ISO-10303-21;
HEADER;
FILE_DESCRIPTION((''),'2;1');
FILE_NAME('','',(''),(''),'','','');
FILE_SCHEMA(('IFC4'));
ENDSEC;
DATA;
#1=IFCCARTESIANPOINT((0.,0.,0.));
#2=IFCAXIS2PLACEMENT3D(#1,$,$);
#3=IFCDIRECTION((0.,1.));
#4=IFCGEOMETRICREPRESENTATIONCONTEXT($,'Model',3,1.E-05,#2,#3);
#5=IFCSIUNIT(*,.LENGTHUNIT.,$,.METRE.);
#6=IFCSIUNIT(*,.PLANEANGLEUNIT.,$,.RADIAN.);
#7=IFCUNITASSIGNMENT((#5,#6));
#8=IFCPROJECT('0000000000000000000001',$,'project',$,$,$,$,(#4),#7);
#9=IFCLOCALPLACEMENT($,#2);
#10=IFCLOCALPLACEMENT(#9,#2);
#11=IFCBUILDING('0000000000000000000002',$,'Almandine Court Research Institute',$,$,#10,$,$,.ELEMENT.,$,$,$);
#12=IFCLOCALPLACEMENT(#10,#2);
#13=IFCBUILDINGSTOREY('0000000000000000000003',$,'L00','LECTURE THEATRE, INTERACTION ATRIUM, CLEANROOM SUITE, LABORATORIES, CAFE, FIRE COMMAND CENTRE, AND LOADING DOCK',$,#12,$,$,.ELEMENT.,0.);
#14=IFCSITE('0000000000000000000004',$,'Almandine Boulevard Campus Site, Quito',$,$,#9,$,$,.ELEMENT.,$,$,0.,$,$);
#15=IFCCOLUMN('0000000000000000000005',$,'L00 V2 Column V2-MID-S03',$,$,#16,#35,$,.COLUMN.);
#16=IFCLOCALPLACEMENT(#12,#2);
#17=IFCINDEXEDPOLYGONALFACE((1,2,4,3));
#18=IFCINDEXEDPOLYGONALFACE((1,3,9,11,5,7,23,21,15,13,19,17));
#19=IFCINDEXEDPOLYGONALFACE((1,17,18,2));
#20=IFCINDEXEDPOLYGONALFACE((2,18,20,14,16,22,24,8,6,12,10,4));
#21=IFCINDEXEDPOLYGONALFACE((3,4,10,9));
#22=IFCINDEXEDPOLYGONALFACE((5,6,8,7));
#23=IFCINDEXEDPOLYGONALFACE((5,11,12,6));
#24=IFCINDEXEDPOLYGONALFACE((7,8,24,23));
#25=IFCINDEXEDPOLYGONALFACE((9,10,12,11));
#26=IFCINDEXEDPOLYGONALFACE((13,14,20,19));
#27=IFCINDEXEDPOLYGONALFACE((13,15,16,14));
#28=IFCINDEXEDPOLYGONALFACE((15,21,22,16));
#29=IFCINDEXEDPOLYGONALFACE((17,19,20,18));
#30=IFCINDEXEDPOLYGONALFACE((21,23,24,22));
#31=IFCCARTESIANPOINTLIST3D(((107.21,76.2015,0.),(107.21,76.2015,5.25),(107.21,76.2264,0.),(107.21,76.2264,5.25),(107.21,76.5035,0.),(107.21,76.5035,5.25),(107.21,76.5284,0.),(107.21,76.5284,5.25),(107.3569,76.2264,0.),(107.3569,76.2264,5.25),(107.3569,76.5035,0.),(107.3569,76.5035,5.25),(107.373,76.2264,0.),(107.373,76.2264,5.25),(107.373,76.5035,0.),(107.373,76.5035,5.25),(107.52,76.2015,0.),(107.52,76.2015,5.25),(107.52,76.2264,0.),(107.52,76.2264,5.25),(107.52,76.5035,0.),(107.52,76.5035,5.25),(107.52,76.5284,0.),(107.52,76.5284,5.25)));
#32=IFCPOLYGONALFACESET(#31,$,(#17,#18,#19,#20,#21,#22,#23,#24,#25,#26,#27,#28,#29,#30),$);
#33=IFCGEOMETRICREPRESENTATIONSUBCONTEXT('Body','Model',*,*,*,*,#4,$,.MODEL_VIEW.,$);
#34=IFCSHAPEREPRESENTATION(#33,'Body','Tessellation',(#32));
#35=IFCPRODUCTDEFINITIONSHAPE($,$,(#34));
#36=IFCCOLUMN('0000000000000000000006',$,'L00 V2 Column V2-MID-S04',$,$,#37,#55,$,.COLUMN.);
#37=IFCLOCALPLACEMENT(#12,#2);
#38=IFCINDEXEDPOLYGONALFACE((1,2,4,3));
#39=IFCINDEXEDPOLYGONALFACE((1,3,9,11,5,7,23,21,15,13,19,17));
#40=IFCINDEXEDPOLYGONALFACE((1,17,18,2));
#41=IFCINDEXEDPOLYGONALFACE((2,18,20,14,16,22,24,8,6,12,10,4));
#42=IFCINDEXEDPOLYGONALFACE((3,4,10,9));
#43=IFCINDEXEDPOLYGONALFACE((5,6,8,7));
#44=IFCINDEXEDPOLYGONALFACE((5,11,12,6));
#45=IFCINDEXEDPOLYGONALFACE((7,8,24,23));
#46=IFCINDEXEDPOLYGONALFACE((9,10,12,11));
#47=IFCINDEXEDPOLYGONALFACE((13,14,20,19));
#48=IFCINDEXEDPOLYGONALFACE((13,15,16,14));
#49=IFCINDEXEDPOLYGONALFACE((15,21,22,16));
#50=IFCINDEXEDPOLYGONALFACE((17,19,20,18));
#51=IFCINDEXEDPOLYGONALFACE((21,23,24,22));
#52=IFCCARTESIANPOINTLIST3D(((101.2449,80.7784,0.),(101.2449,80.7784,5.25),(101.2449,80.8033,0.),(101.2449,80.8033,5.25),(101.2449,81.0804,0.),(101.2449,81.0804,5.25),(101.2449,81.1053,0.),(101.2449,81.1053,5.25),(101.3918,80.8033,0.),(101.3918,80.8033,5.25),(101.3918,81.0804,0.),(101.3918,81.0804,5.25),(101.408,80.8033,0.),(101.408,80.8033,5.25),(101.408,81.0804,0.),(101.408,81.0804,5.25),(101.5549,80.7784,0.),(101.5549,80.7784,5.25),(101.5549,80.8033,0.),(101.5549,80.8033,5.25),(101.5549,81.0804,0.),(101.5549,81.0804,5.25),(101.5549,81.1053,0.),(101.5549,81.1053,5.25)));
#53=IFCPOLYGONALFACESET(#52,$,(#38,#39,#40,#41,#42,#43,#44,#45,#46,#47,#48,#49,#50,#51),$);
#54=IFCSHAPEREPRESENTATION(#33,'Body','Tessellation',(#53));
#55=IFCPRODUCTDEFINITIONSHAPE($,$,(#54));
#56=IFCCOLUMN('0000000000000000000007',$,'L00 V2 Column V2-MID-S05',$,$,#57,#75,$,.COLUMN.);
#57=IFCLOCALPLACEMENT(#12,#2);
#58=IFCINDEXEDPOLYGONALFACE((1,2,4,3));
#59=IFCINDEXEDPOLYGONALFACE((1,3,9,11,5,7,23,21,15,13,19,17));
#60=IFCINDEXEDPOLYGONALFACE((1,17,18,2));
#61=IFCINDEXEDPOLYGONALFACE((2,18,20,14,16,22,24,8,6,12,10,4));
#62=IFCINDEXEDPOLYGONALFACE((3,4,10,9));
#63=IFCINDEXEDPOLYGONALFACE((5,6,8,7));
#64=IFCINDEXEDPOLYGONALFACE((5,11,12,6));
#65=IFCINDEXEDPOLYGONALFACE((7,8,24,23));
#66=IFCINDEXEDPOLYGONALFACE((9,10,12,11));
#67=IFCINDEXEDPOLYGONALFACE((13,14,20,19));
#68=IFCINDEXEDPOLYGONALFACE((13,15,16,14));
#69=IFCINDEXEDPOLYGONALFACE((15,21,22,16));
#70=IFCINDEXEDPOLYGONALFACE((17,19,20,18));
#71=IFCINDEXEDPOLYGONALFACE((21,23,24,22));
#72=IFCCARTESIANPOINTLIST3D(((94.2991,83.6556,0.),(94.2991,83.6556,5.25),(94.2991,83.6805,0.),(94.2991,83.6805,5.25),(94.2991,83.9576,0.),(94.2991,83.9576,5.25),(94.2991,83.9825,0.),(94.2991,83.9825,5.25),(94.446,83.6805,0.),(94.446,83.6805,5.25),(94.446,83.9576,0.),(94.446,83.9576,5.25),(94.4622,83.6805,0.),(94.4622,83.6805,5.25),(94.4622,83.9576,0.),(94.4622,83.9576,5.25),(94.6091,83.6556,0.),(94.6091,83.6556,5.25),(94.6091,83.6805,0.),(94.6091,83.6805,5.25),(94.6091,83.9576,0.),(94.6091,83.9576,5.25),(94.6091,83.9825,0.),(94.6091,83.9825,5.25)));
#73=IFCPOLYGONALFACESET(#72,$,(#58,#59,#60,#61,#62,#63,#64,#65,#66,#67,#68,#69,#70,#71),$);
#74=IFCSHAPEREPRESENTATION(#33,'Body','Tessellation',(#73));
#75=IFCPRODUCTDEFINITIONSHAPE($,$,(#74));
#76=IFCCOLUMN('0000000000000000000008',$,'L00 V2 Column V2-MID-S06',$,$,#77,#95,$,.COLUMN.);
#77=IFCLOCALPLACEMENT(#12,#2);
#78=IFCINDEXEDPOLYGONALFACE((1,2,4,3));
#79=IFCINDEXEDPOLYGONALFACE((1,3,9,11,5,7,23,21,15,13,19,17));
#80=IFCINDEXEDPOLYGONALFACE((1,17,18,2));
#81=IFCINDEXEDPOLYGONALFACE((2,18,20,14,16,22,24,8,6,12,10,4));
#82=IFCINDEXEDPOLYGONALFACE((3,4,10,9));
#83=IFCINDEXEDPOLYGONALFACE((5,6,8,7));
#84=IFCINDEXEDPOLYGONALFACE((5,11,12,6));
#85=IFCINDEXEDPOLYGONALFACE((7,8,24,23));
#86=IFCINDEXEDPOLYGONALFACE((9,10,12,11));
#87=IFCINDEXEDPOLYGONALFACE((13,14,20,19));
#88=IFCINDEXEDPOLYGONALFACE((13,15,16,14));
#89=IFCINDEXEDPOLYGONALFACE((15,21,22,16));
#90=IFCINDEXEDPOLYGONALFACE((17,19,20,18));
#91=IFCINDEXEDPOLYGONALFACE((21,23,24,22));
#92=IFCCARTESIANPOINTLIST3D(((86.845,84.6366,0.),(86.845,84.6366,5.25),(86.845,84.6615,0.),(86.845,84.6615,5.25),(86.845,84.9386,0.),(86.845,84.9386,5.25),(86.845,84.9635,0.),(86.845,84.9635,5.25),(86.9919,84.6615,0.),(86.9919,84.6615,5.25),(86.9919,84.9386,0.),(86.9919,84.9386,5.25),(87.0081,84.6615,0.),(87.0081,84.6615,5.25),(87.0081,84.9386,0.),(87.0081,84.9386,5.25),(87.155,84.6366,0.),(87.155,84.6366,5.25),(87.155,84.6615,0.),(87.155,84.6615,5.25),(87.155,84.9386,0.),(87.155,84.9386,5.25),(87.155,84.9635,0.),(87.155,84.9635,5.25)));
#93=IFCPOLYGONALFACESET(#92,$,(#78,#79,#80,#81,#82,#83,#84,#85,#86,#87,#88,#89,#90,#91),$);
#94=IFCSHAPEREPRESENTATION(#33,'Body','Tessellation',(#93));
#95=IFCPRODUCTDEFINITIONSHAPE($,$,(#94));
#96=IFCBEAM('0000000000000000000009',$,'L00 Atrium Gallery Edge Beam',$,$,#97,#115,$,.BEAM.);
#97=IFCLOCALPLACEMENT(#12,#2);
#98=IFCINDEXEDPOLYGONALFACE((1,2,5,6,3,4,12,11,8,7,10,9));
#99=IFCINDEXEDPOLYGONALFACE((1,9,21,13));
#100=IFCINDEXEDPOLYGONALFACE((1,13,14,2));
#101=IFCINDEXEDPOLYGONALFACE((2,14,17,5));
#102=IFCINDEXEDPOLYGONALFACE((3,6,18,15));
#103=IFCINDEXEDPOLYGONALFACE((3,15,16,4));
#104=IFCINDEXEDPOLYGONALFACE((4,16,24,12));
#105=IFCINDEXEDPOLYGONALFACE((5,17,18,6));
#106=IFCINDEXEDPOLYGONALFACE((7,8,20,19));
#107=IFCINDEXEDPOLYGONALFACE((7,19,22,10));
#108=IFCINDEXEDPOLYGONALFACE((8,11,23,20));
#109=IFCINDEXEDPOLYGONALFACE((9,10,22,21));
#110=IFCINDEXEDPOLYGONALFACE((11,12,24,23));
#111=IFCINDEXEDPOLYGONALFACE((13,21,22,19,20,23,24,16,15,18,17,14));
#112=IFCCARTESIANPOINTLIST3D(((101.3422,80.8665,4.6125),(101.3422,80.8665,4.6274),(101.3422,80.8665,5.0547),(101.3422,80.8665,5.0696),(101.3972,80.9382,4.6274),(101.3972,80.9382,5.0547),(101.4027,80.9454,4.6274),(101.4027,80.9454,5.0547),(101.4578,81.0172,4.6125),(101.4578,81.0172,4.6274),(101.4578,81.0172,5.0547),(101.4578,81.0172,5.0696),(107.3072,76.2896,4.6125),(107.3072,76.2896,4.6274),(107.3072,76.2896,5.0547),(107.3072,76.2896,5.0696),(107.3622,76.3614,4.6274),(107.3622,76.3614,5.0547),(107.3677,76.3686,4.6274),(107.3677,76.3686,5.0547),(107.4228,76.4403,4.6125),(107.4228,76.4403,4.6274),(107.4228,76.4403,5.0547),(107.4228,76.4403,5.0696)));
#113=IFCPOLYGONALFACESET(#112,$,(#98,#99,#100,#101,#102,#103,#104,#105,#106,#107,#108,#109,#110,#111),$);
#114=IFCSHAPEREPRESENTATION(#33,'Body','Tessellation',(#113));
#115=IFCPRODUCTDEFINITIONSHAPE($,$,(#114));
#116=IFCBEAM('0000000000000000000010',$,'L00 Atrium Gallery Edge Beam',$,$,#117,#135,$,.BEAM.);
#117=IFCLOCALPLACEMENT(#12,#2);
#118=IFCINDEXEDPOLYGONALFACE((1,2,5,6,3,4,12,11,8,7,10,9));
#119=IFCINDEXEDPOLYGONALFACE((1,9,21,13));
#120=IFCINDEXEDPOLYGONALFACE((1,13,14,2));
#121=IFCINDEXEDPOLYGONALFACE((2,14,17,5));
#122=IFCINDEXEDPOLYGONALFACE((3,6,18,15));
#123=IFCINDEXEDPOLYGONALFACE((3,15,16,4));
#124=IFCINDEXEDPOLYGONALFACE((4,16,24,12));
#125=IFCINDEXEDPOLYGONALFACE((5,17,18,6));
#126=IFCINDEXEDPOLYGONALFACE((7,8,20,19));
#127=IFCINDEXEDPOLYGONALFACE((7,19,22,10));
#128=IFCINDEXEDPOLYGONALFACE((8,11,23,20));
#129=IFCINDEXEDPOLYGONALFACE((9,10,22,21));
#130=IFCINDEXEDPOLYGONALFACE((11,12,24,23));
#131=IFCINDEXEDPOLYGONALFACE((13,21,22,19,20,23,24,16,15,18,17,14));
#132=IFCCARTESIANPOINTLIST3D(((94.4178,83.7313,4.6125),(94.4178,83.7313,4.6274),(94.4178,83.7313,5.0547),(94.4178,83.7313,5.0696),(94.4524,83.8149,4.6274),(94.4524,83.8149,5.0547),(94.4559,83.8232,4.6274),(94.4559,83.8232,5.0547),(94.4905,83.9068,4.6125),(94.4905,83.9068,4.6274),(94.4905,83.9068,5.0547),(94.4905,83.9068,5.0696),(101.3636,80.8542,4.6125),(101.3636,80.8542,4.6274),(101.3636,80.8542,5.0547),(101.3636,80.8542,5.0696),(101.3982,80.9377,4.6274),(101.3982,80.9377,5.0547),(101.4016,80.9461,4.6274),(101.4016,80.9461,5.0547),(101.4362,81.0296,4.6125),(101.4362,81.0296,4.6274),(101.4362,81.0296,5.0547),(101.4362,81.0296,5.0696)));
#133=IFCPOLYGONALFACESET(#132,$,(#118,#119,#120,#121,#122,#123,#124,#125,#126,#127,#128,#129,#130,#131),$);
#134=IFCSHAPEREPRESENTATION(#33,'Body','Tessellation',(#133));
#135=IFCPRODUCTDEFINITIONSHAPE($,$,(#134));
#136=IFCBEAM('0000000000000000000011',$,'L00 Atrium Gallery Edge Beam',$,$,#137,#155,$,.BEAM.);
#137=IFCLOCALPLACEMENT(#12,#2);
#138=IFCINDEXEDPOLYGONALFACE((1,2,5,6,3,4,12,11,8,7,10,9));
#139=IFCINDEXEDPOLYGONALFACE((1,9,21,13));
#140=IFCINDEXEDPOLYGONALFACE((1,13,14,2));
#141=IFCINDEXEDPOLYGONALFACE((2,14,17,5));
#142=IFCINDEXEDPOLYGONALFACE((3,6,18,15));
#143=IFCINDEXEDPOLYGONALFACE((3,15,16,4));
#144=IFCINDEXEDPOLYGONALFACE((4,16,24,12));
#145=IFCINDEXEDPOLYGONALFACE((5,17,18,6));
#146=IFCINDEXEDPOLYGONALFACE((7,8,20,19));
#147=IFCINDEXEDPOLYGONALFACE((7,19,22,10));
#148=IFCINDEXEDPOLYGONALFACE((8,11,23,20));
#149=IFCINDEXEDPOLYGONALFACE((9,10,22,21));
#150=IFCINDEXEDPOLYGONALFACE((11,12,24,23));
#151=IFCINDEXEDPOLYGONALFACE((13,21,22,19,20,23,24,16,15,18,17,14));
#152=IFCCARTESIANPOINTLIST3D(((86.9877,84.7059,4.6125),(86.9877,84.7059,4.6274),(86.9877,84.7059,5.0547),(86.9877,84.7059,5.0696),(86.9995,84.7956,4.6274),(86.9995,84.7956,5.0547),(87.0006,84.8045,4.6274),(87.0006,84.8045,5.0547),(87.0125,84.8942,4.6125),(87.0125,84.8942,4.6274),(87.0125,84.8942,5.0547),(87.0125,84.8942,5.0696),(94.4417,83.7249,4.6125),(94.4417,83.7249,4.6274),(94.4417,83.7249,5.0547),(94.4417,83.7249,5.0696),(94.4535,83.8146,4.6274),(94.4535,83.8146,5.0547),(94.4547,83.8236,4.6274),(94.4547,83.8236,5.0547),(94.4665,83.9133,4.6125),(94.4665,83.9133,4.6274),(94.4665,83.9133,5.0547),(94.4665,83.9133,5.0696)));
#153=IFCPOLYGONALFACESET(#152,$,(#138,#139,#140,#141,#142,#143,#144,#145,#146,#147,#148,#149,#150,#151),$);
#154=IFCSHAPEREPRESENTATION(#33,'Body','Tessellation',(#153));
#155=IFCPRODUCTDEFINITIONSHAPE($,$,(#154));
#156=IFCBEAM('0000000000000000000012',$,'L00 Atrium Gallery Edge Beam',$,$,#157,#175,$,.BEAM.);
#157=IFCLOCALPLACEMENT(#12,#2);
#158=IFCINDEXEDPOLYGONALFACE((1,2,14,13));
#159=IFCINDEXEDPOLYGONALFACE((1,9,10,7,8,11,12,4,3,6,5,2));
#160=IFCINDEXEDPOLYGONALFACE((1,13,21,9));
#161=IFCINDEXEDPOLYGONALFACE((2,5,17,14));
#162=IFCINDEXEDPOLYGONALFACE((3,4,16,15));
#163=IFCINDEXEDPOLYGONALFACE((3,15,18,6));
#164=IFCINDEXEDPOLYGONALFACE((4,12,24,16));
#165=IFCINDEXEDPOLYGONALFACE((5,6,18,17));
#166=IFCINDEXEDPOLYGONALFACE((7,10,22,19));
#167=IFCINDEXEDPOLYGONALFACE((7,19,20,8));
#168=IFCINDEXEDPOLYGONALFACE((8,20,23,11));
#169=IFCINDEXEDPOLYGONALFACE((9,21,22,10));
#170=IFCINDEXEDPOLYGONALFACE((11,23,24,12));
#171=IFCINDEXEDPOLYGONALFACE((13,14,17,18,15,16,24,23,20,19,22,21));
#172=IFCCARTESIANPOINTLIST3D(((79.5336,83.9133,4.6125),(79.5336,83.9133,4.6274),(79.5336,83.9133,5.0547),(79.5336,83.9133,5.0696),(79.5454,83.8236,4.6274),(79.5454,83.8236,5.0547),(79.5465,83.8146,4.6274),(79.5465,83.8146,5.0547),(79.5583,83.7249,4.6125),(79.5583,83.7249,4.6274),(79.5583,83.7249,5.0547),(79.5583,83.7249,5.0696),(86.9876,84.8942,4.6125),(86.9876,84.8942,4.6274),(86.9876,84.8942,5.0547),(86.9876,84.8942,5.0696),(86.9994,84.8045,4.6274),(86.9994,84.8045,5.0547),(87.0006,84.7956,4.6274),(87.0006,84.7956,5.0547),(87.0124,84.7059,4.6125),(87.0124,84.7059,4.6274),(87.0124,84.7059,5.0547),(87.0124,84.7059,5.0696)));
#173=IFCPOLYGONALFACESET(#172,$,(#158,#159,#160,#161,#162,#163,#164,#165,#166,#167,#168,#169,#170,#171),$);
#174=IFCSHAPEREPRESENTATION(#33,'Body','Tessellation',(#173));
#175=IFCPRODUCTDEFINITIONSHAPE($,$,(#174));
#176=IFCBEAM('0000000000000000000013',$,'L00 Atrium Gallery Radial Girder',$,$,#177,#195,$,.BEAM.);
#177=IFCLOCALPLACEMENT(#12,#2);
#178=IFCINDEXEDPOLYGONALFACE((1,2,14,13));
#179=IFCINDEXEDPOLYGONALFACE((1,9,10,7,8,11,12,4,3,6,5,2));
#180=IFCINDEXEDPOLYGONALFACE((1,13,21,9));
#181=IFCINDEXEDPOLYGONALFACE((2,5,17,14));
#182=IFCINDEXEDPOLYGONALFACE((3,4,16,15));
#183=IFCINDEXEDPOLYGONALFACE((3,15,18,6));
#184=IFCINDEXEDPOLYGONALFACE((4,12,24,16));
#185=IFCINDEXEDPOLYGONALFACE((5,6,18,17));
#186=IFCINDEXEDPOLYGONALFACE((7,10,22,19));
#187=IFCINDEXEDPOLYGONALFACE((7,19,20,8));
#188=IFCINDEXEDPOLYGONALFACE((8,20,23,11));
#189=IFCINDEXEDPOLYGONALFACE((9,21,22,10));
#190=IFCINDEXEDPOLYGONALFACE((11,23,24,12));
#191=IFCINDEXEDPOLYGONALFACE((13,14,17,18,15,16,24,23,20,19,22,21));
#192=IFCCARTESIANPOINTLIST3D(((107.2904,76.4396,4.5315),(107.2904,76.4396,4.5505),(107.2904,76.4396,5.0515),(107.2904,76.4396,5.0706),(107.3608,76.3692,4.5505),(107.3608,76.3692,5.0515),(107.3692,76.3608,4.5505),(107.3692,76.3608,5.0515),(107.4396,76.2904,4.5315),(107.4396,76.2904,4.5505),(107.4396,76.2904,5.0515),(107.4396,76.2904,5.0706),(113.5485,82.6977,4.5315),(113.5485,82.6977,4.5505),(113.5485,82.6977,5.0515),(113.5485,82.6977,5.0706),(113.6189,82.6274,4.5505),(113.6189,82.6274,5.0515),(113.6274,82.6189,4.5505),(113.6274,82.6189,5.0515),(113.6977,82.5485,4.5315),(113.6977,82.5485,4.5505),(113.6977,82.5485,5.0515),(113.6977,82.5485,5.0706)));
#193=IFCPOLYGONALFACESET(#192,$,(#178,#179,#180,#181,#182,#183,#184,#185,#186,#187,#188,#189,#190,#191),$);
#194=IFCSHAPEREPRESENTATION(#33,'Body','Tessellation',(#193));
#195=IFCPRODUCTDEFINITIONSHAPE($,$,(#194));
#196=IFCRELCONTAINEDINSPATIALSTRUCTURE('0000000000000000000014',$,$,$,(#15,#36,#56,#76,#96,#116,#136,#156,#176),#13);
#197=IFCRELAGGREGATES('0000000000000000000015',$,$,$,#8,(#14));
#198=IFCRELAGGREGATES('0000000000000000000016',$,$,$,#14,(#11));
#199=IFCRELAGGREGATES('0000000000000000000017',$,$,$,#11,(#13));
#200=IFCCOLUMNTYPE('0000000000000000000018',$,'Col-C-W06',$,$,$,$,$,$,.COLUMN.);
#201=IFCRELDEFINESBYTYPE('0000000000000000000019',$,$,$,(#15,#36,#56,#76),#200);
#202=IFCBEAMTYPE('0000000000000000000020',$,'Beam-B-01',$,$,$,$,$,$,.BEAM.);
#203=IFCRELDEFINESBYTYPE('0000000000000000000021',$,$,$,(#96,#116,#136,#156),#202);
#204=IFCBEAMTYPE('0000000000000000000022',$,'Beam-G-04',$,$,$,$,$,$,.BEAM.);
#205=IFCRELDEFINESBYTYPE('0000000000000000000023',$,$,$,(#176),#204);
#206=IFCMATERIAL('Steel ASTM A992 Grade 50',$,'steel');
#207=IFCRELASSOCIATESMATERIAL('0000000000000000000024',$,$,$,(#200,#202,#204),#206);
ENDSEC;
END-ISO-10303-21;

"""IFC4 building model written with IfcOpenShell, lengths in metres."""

from ifc_helpers import new_model, si_unit, direction, frame, origin, origin_2d, place, context, subcontext, project, spatial, i_section, extrude, material, material_profile, profile_set, type_object, element, save


model = new_model("IFC4")

# Units and contexts
model_context = context("Model", 3, precision=1e-05, world=origin(), true_north=direction((0.0, 1.0)))
body_context = subcontext(model_context, "Body", "Model", "MODEL_VIEW")
ifc_project = project(units=[si_unit("LENGTHUNIT", "METRE"), si_unit("PLANEANGLEUNIT", "RADIAN")], contexts=[model_context])

# Site, building, storey
site_placement = place(None, origin())
site = spatial("IfcSite", under=ifc_project, at=site_placement, Name="Almandine Boulevard Campus Site, Quito", CompositionType="ELEMENT", RefElevation=0.0)
building_placement = place(site_placement, origin())
building = spatial("IfcBuilding", under=site, at=building_placement, Name="Almandine Court Research Institute", CompositionType="ELEMENT")
storey_placement = place(building_placement, origin())
storey = spatial("IfcBuildingStorey", under=building, at=storey_placement, Name="L00", Description="LECTURE THEATRE, INTERACTION ATRIUM, CLEANROOM SUITE, LABORATORIES, CAFE, FIRE COMMAND CENTRE, AND LOADING DOCK", CompositionType="ELEMENT", Elevation=0.0)

# Columns
ifc_material_1 = material(Name="Steel ASTM A992 Grade 50", Category="steel")
ifc_material_profile_1 = material_profile(ifc_material_1, i_section(OverallWidth=0.3101, OverallDepth=0.3269, WebThickness=0.0161, FlangeThickness=0.0249, at=origin_2d()), Name="W310x158")
ifc_profile_set_1 = profile_set([ifc_material_profile_1], Name="Steel ASTM A992 Grade 50")
column_type = type_object("IfcColumnType", Name="Col-C-W06", PredefinedType="COLUMN", material=ifc_profile_set_1)
for number, where, z_axis, x_axis, name in (
    (1, (107.365, 76.365, 0.0), (0.0, 0.0, 1.0), (1.0, 0.0, 0.0), "L00 V2 Column V2-MID-S03"),
    (2, (101.3999, 80.9419, 0.0), (0.0, 0.0, 1.0), (1.0, 0.0, 0.0), "L00 V2 Column V2-MID-S04"),
    (3, (94.4541, 83.8191, 0.0), (0.0, 0.0, 1.0), (1.0, 0.0, 0.0), "L00 V2 Column V2-MID-S05"),
    (4, (87.0, 84.8, 0.0), (0.0, 0.0, 1.0), (1.0, 0.0, 0.0), "L00 V2 Column V2-MID-S06"),
):
    element("IfcColumn", number, at=place(storey_placement, frame(where, z_axis=z_axis, x_axis=x_axis)), inside=storey, type_object=column_type, Name=name, PredefinedType="COLUMN", context=body_context, shape_type="SweptSolid", body=[
        extrude(i_section(OverallWidth=0.3101, OverallDepth=0.3269, WebThickness=0.0161, FlangeThickness=0.0249, at=origin_2d()), origin(), (0.0, 0.0, 1.0), 5.25),
    ])

# Beams
ifc_material_profile_2 = material_profile(ifc_material_1, i_section(OverallWidth=0.1899, OverallDepth=0.457, WebThickness=0.009, FlangeThickness=0.0149, at=origin_2d()), Name="W460x74")
ifc_profile_set_2 = profile_set([ifc_material_profile_2], Name="Steel ASTM A992 Grade 50")
beam_type_1 = type_object("IfcBeamType", Name="Beam-B-01", PredefinedType="BEAM", material=ifc_profile_set_2)
beam_1_placement = place(storey_placement, frame((107.365, 76.365, 4.8411), z_axis=(-0.793371, 0.608739, 0.0), x_axis=(-0.608739, -0.793371, 0.0)))
element("IfcBeam", 5, at=beam_1_placement, inside=storey, type_object=beam_type_1, Name="L00 Atrium Gallery Edge Beam", PredefinedType="BEAM", context=body_context, shape_type="SweptSolid", body=[
    extrude(i_section(OverallWidth=0.1899, OverallDepth=0.457, WebThickness=0.009, FlangeThickness=0.0149, at=origin_2d()), origin(), (0.0, 0.0, 1.0), 7.5186),
])
beam_2_placement = place(storey_placement, frame((101.3999, 80.9419, 4.8411), z_axis=(-0.923872, 0.382701, 0.0), x_axis=(-0.382701, -0.923872, 0.0)))
element("IfcBeam", 6, at=beam_2_placement, inside=storey, type_object=beam_type_1, Name="L00 Atrium Gallery Edge Beam", PredefinedType="BEAM", context=body_context, shape_type="SweptSolid", body=[
    extrude(i_section(OverallWidth=0.1899, OverallDepth=0.457, WebThickness=0.009, FlangeThickness=0.0149, at=origin_2d()), origin(), (0.0, 0.0, 1.0), 7.5181),
])
for number, where, z_axis, x_axis, name in (
    (7, (94.4541, 83.8191, 4.8411), (-0.991452, 0.130475, 0.0), (-0.130475, -0.991452, 0.0), "L00 Atrium Gallery Edge Beam"),
    (8, (87.0, 84.8, 4.8411), (-0.991452, -0.130475, 0.0), (0.130475, -0.991452, 0.0), "L00 Atrium Gallery Edge Beam"),
):
    element("IfcBeam", number, at=place(storey_placement, frame(where, z_axis=z_axis, x_axis=x_axis)), inside=storey, type_object=beam_type_1, Name=name, PredefinedType="BEAM", context=body_context, shape_type="SweptSolid", body=[
        extrude(i_section(OverallWidth=0.1899, OverallDepth=0.457, WebThickness=0.009, FlangeThickness=0.0149, at=origin_2d()), origin(), (0.0, 0.0, 1.0), 7.5183),
    ])
ifc_material_profile_3 = material_profile(ifc_material_1, i_section(OverallWidth=0.2109, OverallDepth=0.5391, WebThickness=0.012, FlangeThickness=0.019, at=origin_2d()), Name="W530x109")
ifc_profile_set_3 = profile_set([ifc_material_profile_3], Name="Steel ASTM A992 Grade 50")
beam_type_2 = type_object("IfcBeamType", Name="Beam-G-04", PredefinedType="BEAM", material=ifc_profile_set_3)
beam_3_placement = place(storey_placement, frame((107.365, 76.365, 4.801), z_axis=(0.707107, 0.707107, 0.0), x_axis=(-0.707107, 0.707107, 0.0)))
element("IfcBeam", 9, at=beam_3_placement, inside=storey, type_object=beam_type_2, Name="L00 Atrium Gallery Radial Girder", PredefinedType="BEAM", context=body_context, shape_type="SweptSolid", body=[
    extrude(i_section(OverallWidth=0.2109, OverallDepth=0.5391, WebThickness=0.012, FlangeThickness=0.019, at=origin_2d()), origin(), (0.0, 0.0, 1.0), 8.8503),
])

save(model, "model.ifc")
